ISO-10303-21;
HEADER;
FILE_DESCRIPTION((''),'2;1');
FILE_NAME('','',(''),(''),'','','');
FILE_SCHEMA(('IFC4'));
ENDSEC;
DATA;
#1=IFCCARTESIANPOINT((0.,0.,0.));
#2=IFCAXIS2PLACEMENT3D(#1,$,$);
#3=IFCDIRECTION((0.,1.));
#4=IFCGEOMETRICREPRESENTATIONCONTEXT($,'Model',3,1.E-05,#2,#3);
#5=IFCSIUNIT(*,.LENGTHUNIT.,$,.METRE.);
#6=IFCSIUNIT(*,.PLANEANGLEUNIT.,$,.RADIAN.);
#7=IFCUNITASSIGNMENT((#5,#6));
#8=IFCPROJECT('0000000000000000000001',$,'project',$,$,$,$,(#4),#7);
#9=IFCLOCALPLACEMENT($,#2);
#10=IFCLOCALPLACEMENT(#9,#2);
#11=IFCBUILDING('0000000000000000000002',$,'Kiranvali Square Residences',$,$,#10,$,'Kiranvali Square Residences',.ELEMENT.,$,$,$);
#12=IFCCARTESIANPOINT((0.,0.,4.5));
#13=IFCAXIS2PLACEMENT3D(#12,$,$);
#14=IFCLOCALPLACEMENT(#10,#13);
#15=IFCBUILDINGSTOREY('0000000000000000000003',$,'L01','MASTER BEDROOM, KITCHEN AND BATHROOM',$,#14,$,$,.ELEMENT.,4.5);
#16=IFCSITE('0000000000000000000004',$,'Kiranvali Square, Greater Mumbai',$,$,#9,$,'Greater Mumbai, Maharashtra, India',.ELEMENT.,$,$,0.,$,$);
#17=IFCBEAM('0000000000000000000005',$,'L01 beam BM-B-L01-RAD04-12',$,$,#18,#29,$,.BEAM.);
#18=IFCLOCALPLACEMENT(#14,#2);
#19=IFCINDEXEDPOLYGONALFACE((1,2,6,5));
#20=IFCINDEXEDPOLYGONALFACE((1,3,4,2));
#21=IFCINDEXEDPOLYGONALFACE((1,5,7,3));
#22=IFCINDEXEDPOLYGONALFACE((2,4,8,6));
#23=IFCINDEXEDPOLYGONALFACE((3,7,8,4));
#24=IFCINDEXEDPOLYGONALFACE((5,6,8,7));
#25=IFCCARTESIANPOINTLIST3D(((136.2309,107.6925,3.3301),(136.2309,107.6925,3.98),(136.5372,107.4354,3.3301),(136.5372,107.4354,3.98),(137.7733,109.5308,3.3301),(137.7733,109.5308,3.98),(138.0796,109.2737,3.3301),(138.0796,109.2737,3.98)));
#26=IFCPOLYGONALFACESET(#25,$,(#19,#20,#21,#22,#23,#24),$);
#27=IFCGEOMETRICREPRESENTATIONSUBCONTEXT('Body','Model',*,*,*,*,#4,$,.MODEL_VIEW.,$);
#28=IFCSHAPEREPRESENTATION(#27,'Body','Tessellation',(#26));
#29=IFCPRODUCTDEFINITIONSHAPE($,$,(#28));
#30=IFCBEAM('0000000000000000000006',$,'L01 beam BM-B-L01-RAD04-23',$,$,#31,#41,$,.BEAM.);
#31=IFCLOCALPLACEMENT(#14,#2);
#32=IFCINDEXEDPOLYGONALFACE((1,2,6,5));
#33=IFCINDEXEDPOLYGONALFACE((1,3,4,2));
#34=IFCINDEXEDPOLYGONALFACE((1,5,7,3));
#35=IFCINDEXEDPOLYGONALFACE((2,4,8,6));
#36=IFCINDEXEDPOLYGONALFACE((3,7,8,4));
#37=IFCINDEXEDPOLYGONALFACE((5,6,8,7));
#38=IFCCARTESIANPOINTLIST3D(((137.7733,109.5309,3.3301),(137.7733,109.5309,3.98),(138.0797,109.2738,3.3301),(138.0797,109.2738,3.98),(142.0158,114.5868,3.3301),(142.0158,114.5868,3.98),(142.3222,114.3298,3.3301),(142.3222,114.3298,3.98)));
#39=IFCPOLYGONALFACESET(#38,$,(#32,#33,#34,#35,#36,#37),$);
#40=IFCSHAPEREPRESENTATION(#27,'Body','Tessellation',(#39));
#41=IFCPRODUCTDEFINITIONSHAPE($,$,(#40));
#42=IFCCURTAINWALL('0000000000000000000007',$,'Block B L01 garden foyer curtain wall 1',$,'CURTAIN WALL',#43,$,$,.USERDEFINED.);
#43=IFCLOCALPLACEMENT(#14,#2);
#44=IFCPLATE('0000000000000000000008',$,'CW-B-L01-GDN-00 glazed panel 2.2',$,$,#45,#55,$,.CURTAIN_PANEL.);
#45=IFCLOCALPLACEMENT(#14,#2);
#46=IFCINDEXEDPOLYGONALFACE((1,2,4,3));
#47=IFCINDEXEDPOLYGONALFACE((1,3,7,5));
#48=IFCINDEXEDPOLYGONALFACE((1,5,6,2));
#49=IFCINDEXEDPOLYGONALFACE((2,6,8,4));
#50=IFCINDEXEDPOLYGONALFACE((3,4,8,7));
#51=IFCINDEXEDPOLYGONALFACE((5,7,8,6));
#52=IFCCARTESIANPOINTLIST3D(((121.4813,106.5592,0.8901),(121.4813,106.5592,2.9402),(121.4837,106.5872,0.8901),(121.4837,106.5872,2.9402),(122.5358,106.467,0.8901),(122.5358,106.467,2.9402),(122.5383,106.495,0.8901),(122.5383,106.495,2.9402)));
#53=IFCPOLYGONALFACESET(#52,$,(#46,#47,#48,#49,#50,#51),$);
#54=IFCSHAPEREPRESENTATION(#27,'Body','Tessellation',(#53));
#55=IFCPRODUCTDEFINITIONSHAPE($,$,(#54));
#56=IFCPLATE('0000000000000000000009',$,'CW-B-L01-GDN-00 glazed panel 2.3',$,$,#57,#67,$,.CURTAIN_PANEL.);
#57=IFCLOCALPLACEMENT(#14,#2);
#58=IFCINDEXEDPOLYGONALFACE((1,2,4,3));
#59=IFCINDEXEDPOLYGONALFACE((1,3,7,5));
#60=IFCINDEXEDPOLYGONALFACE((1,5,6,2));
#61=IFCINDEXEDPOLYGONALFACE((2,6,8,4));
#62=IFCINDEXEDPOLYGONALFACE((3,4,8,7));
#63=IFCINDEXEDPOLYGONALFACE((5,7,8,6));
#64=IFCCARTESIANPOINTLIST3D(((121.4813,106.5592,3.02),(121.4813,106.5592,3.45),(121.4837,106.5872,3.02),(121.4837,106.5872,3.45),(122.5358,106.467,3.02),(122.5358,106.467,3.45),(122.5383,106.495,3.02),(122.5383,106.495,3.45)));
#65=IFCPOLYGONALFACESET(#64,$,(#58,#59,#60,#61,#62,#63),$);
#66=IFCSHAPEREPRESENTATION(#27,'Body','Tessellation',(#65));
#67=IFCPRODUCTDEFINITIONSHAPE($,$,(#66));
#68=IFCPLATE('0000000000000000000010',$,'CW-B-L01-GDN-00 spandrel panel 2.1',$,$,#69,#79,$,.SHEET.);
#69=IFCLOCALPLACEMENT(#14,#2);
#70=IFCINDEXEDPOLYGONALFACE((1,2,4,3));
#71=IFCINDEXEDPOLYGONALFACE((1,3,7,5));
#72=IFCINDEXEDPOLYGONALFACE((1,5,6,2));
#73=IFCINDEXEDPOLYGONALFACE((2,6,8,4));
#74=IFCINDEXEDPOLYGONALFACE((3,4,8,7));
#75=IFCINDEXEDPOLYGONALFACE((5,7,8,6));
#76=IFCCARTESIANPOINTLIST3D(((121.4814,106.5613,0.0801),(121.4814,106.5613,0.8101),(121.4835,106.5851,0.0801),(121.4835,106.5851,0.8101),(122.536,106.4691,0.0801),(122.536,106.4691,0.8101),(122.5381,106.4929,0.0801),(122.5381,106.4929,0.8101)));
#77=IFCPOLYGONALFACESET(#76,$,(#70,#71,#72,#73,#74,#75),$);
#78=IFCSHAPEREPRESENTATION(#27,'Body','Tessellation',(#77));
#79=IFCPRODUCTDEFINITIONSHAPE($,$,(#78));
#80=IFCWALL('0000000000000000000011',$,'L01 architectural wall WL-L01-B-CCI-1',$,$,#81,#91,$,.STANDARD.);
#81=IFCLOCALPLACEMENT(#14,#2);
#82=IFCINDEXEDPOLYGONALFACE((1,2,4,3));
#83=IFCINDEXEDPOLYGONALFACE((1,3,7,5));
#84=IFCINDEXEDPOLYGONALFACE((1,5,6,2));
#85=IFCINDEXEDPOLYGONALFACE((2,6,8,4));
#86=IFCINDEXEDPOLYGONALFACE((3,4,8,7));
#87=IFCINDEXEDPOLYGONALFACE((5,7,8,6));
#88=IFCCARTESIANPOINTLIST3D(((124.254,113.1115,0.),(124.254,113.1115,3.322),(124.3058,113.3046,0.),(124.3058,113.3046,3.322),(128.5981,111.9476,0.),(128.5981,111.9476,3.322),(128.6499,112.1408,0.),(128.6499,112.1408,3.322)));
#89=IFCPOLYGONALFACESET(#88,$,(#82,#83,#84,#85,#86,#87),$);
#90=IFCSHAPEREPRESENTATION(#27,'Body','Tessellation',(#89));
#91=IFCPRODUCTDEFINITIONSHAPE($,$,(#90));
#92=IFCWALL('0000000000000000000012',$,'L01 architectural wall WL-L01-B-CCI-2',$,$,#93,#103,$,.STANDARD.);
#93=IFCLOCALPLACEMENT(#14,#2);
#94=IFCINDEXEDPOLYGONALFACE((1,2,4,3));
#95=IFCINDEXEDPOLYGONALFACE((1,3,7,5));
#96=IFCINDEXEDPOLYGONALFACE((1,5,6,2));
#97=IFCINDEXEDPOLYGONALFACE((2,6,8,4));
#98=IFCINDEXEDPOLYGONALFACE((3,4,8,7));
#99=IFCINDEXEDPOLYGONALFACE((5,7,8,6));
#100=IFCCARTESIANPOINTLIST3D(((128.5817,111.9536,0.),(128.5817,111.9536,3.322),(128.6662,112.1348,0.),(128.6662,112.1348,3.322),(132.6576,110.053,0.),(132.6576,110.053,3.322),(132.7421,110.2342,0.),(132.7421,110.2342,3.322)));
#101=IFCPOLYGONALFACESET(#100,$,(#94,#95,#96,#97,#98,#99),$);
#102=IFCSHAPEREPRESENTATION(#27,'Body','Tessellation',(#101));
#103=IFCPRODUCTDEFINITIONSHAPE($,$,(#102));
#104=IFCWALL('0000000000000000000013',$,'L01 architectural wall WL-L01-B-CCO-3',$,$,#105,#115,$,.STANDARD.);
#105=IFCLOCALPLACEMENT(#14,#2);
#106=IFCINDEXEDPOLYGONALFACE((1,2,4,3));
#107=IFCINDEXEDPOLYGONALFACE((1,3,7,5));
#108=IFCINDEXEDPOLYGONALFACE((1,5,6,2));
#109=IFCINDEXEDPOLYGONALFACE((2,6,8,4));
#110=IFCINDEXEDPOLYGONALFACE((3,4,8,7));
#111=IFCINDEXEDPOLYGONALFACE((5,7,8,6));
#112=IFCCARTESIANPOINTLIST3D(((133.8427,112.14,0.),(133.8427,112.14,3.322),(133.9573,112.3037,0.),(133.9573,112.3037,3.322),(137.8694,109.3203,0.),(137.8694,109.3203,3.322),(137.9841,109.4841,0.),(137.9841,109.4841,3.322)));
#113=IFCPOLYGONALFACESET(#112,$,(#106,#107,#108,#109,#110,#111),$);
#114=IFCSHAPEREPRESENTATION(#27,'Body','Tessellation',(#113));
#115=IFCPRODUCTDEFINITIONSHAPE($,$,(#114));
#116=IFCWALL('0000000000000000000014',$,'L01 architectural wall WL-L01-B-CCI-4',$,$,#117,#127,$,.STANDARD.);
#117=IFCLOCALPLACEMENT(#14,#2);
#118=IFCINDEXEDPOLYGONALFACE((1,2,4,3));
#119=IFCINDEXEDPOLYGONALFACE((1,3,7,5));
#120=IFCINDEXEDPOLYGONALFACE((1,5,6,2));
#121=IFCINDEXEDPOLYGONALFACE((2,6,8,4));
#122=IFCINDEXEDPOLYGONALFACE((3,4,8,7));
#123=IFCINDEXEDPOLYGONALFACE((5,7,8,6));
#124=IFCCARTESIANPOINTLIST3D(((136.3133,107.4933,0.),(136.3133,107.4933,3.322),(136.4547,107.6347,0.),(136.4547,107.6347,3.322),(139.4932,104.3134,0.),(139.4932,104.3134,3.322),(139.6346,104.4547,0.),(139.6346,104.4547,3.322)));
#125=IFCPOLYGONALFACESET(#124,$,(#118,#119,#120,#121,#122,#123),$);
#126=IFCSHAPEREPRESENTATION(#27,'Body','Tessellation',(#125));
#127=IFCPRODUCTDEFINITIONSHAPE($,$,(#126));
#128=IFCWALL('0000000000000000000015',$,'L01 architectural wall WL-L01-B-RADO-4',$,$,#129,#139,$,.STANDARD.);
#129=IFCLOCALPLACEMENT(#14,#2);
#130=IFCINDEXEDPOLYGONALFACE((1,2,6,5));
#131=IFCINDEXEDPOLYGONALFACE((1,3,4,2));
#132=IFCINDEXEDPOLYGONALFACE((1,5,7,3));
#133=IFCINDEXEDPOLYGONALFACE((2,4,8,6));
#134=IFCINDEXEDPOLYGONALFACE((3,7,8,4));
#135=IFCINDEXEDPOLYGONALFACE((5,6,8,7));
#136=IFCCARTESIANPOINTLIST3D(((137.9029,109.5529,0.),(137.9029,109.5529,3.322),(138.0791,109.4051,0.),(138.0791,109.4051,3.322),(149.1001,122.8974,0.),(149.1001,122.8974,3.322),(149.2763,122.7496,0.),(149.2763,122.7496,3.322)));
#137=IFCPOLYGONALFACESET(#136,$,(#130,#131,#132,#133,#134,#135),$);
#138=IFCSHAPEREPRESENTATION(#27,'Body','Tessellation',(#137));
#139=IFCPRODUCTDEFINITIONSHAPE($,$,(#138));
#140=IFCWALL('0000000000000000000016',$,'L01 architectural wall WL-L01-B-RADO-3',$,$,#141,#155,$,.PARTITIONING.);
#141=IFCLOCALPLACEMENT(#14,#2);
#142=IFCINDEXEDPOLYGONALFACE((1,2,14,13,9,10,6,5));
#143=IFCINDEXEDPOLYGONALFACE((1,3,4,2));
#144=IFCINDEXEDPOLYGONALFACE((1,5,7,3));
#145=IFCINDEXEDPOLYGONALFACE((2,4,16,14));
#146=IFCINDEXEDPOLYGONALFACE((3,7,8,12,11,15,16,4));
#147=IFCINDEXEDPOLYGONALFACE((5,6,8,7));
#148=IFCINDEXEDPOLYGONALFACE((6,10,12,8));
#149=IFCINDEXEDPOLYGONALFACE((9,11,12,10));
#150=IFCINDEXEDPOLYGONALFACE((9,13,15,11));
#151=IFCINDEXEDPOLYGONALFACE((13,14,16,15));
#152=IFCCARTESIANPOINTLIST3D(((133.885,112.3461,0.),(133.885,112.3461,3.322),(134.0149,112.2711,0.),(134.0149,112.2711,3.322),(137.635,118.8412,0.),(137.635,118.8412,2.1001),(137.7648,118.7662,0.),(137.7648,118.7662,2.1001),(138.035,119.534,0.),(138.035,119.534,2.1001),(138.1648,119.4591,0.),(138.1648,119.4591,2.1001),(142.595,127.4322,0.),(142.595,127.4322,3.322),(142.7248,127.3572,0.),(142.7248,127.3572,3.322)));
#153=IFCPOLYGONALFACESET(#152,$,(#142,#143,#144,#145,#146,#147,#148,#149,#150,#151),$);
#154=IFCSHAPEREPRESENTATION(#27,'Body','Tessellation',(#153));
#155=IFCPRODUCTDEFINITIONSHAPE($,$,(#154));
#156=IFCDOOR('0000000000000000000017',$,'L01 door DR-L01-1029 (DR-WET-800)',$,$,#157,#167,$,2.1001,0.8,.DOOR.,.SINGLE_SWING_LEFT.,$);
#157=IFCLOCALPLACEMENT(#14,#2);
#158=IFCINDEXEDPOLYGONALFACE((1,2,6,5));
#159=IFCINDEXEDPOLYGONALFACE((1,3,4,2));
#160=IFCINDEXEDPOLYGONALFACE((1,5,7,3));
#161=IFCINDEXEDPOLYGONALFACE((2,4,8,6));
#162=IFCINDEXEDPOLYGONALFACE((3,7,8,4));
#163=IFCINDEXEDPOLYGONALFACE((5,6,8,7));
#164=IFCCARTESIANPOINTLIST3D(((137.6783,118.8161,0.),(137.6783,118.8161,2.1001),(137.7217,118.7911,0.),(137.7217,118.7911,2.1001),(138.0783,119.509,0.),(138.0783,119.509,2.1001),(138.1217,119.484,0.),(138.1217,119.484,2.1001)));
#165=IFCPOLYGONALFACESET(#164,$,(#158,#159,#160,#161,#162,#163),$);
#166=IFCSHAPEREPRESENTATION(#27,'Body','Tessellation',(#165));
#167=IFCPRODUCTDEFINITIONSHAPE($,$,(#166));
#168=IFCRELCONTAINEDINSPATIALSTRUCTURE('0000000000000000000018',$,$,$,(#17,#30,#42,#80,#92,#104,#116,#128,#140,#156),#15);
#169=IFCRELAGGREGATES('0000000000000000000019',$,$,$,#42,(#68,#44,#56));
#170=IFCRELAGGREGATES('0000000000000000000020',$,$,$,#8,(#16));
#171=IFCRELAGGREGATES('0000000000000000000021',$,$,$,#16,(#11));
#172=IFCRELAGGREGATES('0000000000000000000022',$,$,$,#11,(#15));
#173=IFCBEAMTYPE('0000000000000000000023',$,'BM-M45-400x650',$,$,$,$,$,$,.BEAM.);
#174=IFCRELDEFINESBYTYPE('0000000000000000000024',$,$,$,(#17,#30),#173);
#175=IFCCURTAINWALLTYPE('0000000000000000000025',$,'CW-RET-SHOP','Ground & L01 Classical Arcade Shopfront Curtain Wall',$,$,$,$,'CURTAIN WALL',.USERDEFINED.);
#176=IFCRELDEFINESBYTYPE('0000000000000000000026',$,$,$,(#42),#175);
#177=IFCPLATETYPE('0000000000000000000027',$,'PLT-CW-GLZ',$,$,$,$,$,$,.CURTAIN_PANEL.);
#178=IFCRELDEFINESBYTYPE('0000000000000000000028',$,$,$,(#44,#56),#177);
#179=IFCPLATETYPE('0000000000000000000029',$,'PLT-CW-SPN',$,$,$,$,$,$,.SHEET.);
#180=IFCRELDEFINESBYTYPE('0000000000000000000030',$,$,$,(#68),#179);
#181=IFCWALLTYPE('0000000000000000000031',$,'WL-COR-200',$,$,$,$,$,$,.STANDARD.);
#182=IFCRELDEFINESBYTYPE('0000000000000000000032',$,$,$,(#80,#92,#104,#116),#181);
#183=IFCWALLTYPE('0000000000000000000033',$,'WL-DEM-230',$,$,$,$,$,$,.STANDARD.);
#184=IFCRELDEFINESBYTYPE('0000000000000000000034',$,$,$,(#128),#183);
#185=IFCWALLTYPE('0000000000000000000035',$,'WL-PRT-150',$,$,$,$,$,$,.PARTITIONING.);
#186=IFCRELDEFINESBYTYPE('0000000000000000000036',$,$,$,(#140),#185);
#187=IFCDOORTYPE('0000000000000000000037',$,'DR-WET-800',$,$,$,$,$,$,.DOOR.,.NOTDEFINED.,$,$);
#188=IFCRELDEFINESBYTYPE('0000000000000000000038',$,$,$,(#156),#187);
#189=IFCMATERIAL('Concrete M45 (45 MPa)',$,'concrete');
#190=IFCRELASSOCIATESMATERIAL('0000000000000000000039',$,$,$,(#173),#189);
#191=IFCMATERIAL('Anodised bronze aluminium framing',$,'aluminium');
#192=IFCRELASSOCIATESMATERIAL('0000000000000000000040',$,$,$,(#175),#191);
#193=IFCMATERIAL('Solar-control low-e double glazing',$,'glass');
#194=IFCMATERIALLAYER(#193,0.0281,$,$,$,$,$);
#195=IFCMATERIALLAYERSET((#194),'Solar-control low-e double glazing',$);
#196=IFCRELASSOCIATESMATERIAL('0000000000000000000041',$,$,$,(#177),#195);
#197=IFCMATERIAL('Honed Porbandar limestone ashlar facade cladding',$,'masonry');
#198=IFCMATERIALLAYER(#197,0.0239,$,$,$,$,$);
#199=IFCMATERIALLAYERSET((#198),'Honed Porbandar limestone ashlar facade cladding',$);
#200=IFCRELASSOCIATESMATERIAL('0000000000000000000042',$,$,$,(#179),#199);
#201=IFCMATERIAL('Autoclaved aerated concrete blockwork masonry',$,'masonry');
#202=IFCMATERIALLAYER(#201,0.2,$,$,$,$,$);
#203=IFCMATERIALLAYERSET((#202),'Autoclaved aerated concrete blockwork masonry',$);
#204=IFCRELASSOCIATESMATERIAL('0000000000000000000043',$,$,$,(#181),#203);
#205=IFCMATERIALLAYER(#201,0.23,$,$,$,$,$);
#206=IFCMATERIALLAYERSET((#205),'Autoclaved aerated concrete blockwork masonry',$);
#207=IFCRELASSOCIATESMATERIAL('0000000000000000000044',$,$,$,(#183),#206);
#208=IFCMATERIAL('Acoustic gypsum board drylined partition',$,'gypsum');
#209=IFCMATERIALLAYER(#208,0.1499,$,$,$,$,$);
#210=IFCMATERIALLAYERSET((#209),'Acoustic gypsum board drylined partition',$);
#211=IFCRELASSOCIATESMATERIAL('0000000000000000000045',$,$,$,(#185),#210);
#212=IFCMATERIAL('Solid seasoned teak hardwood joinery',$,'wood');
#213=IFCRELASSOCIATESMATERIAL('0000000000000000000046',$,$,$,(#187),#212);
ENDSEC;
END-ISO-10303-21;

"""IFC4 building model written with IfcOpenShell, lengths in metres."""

from ifc_helpers import new_model, si_unit, direction, frame, frame_2d, origin, origin_2d, place, context, subcontext, project, spatial, rectangle, extrude, material, layer, layer_set, material_profile, profile_set, type_object, element, fill, aggregate, save


model = new_model("IFC4")

# Units and contexts
model_context = context("Model", 3, precision=1e-05, world=origin(), true_north=direction((0.0, 1.0)))
body_context = subcontext(model_context, "Body", "Model", "MODEL_VIEW")
ifc_project = project(units=[si_unit("LENGTHUNIT", "METRE"), si_unit("PLANEANGLEUNIT", "RADIAN")], contexts=[model_context])

# Site, building, storey
site_placement = place(None, origin())
site = spatial("IfcSite", under=ifc_project, at=site_placement, Name="Kiranvali Square, Greater Mumbai", LongName="Greater Mumbai, Maharashtra, India", CompositionType="ELEMENT", RefElevation=0.0)
building_placement = place(site_placement, origin())
building = spatial("IfcBuilding", under=site, at=building_placement, Name="Kiranvali Square Residences", LongName="Kiranvali Square Residences", CompositionType="ELEMENT")
storey_placement = place(building_placement, frame((0.0, 0.0, 4.5)))
storey = spatial("IfcBuildingStorey", under=building, at=storey_placement, Name="L01", Description="MASTER BEDROOM, KITCHEN AND BATHROOM", CompositionType="ELEMENT", Elevation=4.5)

# Shared definitions
ifc_material_1 = material(Name="Concrete M45 (45 MPa)", Category="concrete")

# Beams
ifc_material_profile_1 = material_profile(ifc_material_1, rectangle(XDim=0.3999, YDim=0.6499, at=origin_2d()), Name="RC 400x650")
ifc_profile_set_1 = profile_set([ifc_material_profile_1], Name="Concrete M45 (45 MPa)")
beam_type = type_object("IfcBeamType", Name="BM-M45-400x650", PredefinedType="BEAM", material=ifc_profile_set_1)
beam_1_placement = place(storey_placement, frame((136.384, 107.564, 3.655), z_axis=(0.642763, 0.766065, 0.0), x_axis=(-0.766065, 0.642763, 0.0)))
element("IfcBeam", 1, at=beam_1_placement, inside=storey, type_object=beam_type, Name="L01 beam BM-B-L01-RAD04-12", PredefinedType="BEAM", context=body_context, shape_type="SweptSolid", body=[
    extrude(rectangle(XDim=0.3999, YDim=0.6499, at=origin_2d()), origin(), (0.0, 0.0, 1.0), 2.3997),
])
beam_2_placement = place(storey_placement, frame((137.9265, 109.4023, 3.655), z_axis=(0.642789, 0.766043, 0.0), x_axis=(-0.766043, 0.642789, 0.0)))
element("IfcBeam", 2, at=beam_2_placement, inside=storey, type_object=beam_type, Name="L01 beam BM-B-L01-RAD04-23", PredefinedType="BEAM", context=body_context, shape_type="SweptSolid", body=[
    extrude(rectangle(XDim=0.3999, YDim=0.6499, at=origin_2d()), origin(), (0.0, 0.0, 1.0), 6.6001),
])

# Curtain wall, plates
ifc_material_2 = material(Name="Anodised bronze aluminium framing", Category="aluminium")
curtain_wall_type = type_object("IfcCurtainWallType", Name="CW-RET-SHOP", Description="Ground & L01 Classical Arcade Shopfront Curtain Wall", ElementType="CURTAIN WALL", PredefinedType="USERDEFINED", material=ifc_material_2)
curtain_wall_placement = place(storey_placement, origin())
curtain_wall = element("IfcCurtainWall", 3, at=curtain_wall_placement, inside=storey, type_object=curtain_wall_type, Name="Block B L01 garden foyer curtain wall 1", ObjectType="CURTAIN WALL", PredefinedType="USERDEFINED")
ifc_material_3 = material(Name="Solar-control low-e double glazing", Category="glass")
ifc_layer_1 = layer(ifc_material_3, 0.0281)
ifc_layer_set_1 = layer_set([ifc_layer_1], Name="Solar-control low-e double glazing")
plate_type_1 = type_object("IfcPlateType", Name="PLT-CW-GLZ", PredefinedType="CURTAIN_PANEL", material=ifc_layer_set_1)
plate_1_placement = place(storey_placement, frame((122.0098, 106.5271, 0.8901), z_axis=(0.0, 0.0, 1.0), x_axis=(0.996195, -0.087156, 0.0)))
plate_1 = element("IfcPlate", 4, at=plate_1_placement, type_object=plate_type_1, Name="CW-B-L01-GDN-00 glazed panel 2.2", PredefinedType="CURTAIN_PANEL", context=body_context, shape_type="SweptSolid", body=[
    extrude(rectangle(XDim=1.0586, YDim=0.0281, at=origin_2d()), origin(), (0.0, 0.0, 1.0), 2.05),
])
plate_2_placement = place(storey_placement, frame((122.0098, 106.5271, 3.02), z_axis=(0.0, 0.0, 1.0), x_axis=(0.996195, -0.087156, 0.0)))
plate_2 = element("IfcPlate", 5, at=plate_2_placement, type_object=plate_type_1, Name="CW-B-L01-GDN-00 glazed panel 2.3", PredefinedType="CURTAIN_PANEL", context=body_context, shape_type="SweptSolid", body=[
    extrude(rectangle(XDim=1.0586, YDim=0.0281, at=origin_2d()), origin(), (0.0, 0.0, 1.0), 0.4299),
])
ifc_material_4 = material(Name="Honed Porbandar limestone ashlar facade cladding", Category="masonry")
ifc_layer_2 = layer(ifc_material_4, 0.0239)
ifc_layer_set_2 = layer_set([ifc_layer_2], Name="Honed Porbandar limestone ashlar facade cladding")
plate_type_2 = type_object("IfcPlateType", Name="PLT-CW-SPN", PredefinedType="SHEET", material=ifc_layer_set_2)
plate_3_placement = place(storey_placement, frame((122.0098, 106.5271, 0.0801), z_axis=(0.0, 0.0, 1.0), x_axis=(0.996195, -0.087156, 0.0)))
plate_3 = element("IfcPlate", 6, at=plate_3_placement, type_object=plate_type_2, Name="CW-B-L01-GDN-00 spandrel panel 2.1", PredefinedType="SHEET", context=body_context, shape_type="SweptSolid", body=[
    extrude(rectangle(XDim=1.0586, YDim=0.0239, at=origin_2d()), origin(), (0.0, 0.0, 1.0), 0.73),
])
aggregate(curtain_wall, [plate_3, plate_1, plate_2])

# Walls
ifc_material_5 = material(Name="Autoclaved aerated concrete blockwork masonry", Category="masonry")
ifc_layer_3 = layer(ifc_material_5, 0.2)
ifc_layer_set_3 = layer_set([ifc_layer_3], Name="Autoclaved aerated concrete blockwork masonry")
wall_type_1 = type_object("IfcWallType", Name="WL-COR-200", PredefinedType="STANDARD", material=ifc_layer_set_3)
for number, where, z_axis, x_axis, name in (
    (7, (124.28, 113.208, 0.0), (0.0, 0.0, 1.0), (0.965934, -0.258788, 0.0), "L01 architectural wall WL-L01-B-CCI-1"),
    (8, (128.624, 112.0442, 0.0), (0.0, 0.0, 1.0), (0.906308, -0.422618, 0.0), "L01 architectural wall WL-L01-B-CCI-2"),
):
    element("IfcWall", number, at=place(storey_placement, frame(where, z_axis=z_axis, x_axis=x_axis)), inside=storey, type_object=wall_type_1, Name=name, PredefinedType="STANDARD", context=body_context, shape_type="SweptSolid", body=[
        extrude(rectangle(XDim=4.4973, YDim=0.2, at=frame_2d((2.2485, 0.0))), origin(), (0.0, 0.0, 1.0), 3.322),
    ])

# Walls
wall_1_placement = place(storey_placement, frame((133.8999, 112.2219, 0.0), z_axis=(0.0, 0.0, 1.0), x_axis=(0.819141, -0.573592, 0.0)))
element("IfcWall", 9, at=wall_1_placement, inside=storey, type_object=wall_type_1, Name="L01 architectural wall WL-L01-B-CCO-3", PredefinedType="STANDARD", context=body_context, shape_type="SweptSolid", body=[
    extrude(rectangle(XDim=4.9158, YDim=0.2, at=frame_2d((2.458, 0.0))), origin(), (0.0, 0.0, 1.0), 3.322),
])
wall_2_placement = place(storey_placement, frame((136.384, 107.564, 0.0), z_axis=(0.0, 0.0, 1.0), x_axis=(0.707107, -0.707107, 0.0)))
element("IfcWall", 10, at=wall_2_placement, inside=storey, type_object=wall_type_1, Name="L01 architectural wall WL-L01-B-CCI-4", PredefinedType="STANDARD", context=body_context, shape_type="SweptSolid", body=[
    extrude(rectangle(XDim=4.4971, YDim=0.2, at=frame_2d((2.2485, 0.0))), origin(), (0.0, 0.0, 1.0), 3.322),
])

# Wall
ifc_layer_4 = layer(ifc_material_5, 0.23)
ifc_layer_set_4 = layer_set([ifc_layer_4], Name="Autoclaved aerated concrete blockwork masonry")
wall_type_2 = type_object("IfcWallType", Name="WL-DEM-230", PredefinedType="STANDARD", material=ifc_layer_set_4)
wall_3_placement = place(storey_placement, frame((137.991, 109.479, 0.0), z_axis=(0.0, 0.0, 1.0), x_axis=(0.642785, 0.766047, 0.0)))
element("IfcWall", 11, at=wall_3_placement, inside=storey, type_object=wall_type_2, Name="L01 architectural wall WL-L01-B-RADO-4", PredefinedType="STANDARD", context=body_context, shape_type="SweptSolid", body=[
    extrude(rectangle(XDim=17.4199, YDim=0.23, at=frame_2d((8.71, 0.0))), origin(), (0.0, 0.0, 1.0), 3.322),
])

# Wall, opening, door
ifc_material_6 = material(Name="Acoustic gypsum board drylined partition", Category="gypsum")
ifc_layer_5 = layer(ifc_material_6, 0.1499)
ifc_layer_set_5 = layer_set([ifc_layer_5], Name="Acoustic gypsum board drylined partition")
wall_type_3 = type_object("IfcWallType", Name="WL-PRT-150", PredefinedType="PARTITIONING", material=ifc_layer_set_5)
wall_4_placement = place(storey_placement, frame((133.95, 112.3086, 0.0), z_axis=(0.0, 0.0, 1.0), x_axis=(0.499998, 0.866027, 0.0)))
wall_4 = element("IfcWall", 12, at=wall_4_placement, inside=storey, type_object=wall_type_3, Name="L01 architectural wall WL-L01-B-RADO-3", PredefinedType="PARTITIONING", context=body_context, shape_type="SweptSolid", body=[
    extrude(rectangle(XDim=17.4199, YDim=0.1499, at=frame_2d((8.71, 0.0))), origin(), (0.0, 0.0, 1.0), 3.322),
])
opening_1_placement = place(wall_4_placement, frame((7.5, 0.0, 0.0)))
opening_1 = element("IfcOpeningElement", 13, at=opening_1_placement, cuts=wall_4, PredefinedType="OPENING", context=body_context, shape_type="SweptSolid", body=[
    extrude(rectangle(XDim=0.8, YDim=2.1001, at=frame_2d((0.3999, 1.05))), frame((0.0, 0.085, 0.0), z_axis=(0.0, -1.0, 0.0), x_axis=(1.0, 0.0, 0.0)), (0.0, 0.0, 1.0), 0.1699),
])
ifc_material_7 = material(Name="Solid seasoned teak hardwood joinery", Category="wood")
door_type_1 = type_object("IfcDoorType", Name="DR-WET-800", OperationType="NOTDEFINED", PredefinedType="DOOR", material=ifc_material_7)
door_1_placement = place(opening_1_placement, origin())
door_1 = element("IfcDoor", 14, at=door_1_placement, inside=storey, type_object=door_type_1, Name="L01 door DR-L01-1029 (DR-WET-800)", OperationType="SINGLE_SWING_LEFT", OverallHeight=2.1001, OverallWidth=0.8, PredefinedType="DOOR", context=body_context, shape_type="SweptSolid", body=[
    extrude(rectangle(XDim=0.8, YDim=2.1001, at=frame_2d((0.3999, 1.05))), frame((0.0, 0.0249, 0.0), z_axis=(0.0, -1.0, 0.0), x_axis=(1.0, 0.0, 0.0)), (0.0, 0.0, 1.0), 0.05),
])
fill(opening_1, door_1)

save(model, "model.ifc")
